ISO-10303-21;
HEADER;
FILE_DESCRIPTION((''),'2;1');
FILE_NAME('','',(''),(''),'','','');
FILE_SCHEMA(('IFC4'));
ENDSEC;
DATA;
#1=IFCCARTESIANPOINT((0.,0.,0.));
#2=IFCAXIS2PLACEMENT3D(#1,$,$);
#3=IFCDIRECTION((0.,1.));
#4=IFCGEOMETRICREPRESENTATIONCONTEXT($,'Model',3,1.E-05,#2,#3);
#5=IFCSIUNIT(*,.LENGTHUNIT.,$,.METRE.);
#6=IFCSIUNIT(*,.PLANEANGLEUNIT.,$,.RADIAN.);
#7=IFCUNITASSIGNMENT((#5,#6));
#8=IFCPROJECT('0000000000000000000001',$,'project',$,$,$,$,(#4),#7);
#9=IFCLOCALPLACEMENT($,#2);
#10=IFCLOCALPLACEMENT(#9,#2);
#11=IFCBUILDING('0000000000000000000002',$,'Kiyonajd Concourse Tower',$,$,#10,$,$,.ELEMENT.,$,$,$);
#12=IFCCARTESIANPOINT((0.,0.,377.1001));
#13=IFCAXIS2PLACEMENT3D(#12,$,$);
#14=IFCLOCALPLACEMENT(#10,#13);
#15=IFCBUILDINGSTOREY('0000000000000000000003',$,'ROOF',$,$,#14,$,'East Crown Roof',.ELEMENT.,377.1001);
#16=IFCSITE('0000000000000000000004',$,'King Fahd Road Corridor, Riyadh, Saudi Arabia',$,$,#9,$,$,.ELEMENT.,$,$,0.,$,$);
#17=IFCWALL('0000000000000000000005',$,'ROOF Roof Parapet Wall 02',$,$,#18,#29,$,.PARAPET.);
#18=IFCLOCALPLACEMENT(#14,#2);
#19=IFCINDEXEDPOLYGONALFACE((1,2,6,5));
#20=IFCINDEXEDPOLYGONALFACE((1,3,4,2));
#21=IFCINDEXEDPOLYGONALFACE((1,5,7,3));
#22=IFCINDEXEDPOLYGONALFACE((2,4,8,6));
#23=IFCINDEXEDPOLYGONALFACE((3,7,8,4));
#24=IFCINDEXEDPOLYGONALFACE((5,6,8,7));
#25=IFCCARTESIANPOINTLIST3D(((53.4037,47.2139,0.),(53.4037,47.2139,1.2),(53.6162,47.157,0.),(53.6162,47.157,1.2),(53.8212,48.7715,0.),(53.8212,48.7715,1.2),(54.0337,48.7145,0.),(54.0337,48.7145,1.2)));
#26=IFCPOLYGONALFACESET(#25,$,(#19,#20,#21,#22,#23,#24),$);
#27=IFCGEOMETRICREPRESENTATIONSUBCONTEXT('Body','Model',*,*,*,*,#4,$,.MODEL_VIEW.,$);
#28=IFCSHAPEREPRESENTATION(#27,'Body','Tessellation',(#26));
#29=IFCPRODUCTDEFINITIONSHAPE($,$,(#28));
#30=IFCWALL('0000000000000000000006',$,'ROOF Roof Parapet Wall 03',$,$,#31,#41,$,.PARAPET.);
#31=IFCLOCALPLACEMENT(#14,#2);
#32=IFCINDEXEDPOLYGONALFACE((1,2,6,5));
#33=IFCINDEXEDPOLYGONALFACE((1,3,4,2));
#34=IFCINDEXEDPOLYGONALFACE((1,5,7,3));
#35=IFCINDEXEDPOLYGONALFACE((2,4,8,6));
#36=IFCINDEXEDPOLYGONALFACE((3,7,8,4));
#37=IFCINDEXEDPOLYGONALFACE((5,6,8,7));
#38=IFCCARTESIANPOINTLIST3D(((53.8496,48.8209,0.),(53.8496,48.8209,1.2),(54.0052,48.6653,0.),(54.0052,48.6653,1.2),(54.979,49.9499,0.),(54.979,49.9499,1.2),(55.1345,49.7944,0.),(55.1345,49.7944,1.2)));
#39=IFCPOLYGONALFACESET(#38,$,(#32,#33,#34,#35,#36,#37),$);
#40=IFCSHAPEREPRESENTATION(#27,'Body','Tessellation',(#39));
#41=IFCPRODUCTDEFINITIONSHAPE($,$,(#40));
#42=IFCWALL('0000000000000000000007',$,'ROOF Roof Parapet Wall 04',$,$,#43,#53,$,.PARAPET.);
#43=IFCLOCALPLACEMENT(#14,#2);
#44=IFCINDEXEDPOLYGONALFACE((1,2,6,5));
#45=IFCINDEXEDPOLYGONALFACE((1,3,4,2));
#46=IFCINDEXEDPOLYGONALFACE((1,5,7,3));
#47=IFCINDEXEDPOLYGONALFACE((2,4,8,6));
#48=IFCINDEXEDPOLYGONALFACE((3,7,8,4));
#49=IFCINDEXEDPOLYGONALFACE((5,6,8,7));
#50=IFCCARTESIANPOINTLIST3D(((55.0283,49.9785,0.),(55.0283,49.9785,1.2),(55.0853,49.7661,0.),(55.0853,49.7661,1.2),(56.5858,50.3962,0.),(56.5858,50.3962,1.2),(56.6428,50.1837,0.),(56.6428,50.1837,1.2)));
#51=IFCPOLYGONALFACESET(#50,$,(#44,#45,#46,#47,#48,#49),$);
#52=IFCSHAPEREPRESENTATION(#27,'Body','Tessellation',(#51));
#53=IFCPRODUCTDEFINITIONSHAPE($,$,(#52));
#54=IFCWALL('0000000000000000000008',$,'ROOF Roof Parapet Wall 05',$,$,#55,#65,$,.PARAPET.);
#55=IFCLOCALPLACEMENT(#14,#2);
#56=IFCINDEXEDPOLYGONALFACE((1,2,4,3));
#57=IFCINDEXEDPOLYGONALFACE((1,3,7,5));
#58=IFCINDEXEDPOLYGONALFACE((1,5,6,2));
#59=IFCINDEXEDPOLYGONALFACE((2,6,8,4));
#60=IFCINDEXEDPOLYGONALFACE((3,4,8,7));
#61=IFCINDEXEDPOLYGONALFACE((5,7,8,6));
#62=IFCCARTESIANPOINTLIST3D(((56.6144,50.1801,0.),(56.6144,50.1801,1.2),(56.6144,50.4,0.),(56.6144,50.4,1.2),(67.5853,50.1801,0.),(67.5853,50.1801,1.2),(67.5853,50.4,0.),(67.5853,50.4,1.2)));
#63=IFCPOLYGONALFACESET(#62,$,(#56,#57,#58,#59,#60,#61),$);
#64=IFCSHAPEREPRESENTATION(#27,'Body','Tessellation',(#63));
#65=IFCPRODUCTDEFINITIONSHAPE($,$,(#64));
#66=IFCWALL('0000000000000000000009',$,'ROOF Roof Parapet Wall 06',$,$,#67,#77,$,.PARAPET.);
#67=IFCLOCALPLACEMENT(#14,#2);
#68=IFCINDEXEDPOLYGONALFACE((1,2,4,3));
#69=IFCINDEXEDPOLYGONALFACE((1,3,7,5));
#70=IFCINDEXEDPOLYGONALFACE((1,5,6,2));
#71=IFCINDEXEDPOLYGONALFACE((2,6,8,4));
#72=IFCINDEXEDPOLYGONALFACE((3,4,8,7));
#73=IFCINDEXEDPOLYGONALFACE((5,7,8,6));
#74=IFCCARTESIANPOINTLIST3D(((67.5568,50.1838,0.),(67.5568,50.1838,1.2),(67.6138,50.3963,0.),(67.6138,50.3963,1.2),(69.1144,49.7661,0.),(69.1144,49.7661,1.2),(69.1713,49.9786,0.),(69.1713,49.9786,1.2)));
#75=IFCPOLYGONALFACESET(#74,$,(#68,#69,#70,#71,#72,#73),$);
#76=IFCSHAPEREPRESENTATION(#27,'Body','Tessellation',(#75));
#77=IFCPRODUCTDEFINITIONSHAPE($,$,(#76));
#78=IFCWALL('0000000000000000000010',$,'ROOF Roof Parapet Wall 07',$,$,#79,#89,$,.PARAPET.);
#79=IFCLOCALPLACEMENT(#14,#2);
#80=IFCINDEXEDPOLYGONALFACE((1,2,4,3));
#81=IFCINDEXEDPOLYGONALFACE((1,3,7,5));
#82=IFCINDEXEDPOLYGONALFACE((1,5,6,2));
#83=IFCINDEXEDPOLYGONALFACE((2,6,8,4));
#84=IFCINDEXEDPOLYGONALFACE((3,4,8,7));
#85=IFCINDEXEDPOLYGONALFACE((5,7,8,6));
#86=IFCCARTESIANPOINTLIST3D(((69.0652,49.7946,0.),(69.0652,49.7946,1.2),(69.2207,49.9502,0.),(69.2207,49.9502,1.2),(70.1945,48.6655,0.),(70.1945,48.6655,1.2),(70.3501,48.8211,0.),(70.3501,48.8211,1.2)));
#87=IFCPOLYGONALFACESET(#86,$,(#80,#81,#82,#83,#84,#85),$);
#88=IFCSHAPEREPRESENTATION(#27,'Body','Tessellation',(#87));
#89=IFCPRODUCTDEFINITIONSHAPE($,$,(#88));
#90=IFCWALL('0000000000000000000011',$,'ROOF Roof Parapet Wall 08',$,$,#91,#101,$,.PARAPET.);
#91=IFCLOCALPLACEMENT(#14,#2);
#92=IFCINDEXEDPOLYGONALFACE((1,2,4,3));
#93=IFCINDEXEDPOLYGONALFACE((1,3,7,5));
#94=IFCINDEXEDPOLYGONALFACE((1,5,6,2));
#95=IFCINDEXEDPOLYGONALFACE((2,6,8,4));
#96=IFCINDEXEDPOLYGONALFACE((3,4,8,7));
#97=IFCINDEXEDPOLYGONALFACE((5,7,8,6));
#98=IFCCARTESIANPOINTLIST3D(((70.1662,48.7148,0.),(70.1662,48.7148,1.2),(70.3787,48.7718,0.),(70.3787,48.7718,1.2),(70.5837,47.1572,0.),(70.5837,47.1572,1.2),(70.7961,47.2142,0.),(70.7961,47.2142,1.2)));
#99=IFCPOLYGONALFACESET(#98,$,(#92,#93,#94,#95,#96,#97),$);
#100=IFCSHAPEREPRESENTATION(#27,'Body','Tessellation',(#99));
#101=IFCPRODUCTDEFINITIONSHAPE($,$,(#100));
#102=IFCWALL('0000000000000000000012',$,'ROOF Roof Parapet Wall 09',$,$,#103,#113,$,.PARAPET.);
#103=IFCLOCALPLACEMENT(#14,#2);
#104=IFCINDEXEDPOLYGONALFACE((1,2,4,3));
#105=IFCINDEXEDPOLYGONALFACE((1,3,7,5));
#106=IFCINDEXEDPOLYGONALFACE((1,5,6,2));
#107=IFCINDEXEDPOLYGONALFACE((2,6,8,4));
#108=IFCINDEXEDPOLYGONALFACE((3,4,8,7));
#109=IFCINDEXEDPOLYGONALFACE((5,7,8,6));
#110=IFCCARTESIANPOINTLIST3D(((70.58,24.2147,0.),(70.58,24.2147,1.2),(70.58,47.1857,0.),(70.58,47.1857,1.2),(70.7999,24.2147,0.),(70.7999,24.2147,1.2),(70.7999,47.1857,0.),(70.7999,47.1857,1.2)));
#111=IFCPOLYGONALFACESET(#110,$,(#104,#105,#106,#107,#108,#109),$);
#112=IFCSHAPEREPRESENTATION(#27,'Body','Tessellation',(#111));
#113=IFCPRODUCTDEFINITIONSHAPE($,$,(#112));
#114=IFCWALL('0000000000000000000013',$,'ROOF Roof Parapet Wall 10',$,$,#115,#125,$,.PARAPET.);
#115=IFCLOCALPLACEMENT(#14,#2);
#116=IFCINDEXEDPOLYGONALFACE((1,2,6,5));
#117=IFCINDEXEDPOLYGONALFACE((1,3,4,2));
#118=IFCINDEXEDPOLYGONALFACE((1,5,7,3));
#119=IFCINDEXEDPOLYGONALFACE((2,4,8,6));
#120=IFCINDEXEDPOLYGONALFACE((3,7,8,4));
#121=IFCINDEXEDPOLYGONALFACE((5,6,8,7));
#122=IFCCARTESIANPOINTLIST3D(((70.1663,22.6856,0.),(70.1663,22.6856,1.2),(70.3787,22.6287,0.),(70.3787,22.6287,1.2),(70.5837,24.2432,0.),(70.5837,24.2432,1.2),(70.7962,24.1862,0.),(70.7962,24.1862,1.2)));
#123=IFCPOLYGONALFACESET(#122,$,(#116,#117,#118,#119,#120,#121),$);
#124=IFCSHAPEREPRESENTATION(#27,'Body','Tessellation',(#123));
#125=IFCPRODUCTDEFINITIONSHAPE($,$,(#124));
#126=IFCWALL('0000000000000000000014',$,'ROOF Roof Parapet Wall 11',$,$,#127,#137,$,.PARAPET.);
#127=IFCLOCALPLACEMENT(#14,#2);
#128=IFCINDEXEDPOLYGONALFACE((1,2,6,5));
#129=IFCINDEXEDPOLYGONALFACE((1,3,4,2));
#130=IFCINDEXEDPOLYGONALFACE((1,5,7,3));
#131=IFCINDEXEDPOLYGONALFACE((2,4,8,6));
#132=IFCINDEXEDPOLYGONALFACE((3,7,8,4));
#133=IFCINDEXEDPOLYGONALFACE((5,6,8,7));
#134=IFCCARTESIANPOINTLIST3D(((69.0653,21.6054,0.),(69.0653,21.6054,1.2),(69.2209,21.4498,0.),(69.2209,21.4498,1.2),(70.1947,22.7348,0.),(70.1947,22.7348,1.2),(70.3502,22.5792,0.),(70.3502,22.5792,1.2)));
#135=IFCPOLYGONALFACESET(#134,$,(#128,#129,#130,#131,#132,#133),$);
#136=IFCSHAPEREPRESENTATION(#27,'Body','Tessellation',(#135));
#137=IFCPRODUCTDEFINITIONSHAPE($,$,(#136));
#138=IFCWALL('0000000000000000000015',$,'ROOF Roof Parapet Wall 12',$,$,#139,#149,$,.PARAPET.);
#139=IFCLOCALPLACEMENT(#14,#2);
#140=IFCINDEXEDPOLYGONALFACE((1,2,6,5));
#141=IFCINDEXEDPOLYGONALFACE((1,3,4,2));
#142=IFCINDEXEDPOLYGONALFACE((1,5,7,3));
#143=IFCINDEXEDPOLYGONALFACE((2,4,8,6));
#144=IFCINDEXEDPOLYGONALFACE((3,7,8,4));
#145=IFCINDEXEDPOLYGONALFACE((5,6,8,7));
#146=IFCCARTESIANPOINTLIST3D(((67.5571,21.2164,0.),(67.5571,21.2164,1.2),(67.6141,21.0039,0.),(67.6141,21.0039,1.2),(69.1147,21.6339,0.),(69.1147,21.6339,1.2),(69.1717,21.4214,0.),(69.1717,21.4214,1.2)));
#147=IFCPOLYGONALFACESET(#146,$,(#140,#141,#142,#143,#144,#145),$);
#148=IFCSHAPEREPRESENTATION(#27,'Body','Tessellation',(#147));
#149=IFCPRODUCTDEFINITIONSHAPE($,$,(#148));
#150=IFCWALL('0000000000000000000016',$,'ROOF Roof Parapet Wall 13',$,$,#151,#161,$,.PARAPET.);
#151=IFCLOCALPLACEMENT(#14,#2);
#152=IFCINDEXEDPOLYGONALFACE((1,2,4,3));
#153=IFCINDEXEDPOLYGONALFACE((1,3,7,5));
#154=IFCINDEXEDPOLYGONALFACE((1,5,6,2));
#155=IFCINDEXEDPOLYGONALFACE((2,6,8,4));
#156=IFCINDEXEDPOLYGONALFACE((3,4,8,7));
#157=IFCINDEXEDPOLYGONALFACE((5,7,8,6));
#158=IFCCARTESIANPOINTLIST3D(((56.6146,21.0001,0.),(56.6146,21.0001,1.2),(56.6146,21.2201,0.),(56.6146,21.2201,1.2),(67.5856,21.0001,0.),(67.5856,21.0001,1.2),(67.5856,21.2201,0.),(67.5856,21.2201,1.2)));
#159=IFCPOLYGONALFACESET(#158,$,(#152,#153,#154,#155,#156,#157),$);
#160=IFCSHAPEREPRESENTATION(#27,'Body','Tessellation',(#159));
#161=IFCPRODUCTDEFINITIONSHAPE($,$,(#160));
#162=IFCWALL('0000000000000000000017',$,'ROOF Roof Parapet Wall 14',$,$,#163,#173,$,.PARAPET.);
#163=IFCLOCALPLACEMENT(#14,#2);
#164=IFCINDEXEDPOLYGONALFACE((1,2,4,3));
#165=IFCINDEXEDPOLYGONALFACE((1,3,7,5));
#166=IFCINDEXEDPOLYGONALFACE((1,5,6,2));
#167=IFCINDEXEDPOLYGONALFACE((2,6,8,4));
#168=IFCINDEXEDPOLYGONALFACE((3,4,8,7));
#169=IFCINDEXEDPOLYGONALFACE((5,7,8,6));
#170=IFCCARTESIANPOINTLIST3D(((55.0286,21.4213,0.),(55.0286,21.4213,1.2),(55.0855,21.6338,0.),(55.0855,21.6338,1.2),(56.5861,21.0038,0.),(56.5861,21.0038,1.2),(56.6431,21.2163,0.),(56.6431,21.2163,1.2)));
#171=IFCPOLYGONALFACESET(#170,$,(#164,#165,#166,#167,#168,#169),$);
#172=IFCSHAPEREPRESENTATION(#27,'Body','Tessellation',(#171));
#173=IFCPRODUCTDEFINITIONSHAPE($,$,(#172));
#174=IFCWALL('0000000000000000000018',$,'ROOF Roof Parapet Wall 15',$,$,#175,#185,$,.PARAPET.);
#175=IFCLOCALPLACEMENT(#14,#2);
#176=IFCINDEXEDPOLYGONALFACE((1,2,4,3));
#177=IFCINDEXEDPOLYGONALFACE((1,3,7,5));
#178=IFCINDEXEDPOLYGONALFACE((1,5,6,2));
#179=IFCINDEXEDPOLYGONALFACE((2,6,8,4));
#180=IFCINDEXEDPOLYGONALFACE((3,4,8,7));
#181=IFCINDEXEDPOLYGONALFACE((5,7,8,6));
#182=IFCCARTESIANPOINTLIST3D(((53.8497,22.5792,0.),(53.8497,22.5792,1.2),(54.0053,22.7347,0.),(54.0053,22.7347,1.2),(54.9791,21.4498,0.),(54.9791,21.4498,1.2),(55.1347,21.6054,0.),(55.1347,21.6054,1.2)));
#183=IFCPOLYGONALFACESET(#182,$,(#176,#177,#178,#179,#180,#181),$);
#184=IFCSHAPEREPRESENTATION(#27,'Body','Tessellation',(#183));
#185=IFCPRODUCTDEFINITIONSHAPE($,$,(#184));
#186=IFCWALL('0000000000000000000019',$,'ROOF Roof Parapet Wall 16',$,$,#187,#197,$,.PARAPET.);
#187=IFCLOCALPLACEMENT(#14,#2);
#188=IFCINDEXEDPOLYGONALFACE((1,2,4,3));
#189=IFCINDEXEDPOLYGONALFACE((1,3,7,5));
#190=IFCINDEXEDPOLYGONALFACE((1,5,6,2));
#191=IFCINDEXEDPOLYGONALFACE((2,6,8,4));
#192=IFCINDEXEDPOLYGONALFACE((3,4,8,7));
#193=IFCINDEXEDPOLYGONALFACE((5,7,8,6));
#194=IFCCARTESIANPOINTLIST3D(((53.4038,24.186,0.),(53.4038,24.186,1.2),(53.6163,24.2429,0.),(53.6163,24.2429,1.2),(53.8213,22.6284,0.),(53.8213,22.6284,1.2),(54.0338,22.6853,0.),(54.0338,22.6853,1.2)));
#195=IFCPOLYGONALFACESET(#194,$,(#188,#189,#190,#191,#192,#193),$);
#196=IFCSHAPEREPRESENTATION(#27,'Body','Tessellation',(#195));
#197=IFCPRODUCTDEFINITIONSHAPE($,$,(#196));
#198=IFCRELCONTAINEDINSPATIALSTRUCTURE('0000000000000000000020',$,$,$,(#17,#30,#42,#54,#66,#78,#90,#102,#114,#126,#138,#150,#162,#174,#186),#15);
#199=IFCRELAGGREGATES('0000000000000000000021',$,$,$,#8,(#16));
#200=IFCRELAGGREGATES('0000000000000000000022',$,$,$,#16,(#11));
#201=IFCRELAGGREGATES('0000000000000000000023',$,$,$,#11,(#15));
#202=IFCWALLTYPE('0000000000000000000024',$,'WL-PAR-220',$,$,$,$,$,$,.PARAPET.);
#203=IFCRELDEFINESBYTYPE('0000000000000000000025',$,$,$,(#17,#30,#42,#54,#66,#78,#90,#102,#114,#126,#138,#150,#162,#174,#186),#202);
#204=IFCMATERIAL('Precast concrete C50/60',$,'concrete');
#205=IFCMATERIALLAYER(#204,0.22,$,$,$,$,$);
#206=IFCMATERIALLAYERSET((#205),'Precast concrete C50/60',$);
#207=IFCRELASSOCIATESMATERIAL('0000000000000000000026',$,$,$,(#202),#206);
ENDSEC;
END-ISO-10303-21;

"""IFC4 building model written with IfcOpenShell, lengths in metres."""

from ifc_helpers import new_model, si_unit, direction, frame, frame_2d, origin, place, context, subcontext, project, spatial, rectangle, extrude, material, layer, layer_set, type_object, element, save


model = new_model("IFC4")

# Units and contexts
model_context = context("Model", 3, precision=1e-05, world=origin(), true_north=direction((0.0, 1.0)))
body_context = subcontext(model_context, "Body", "Model", "MODEL_VIEW")
ifc_project = project(units=[si_unit("LENGTHUNIT", "METRE"), si_unit("PLANEANGLEUNIT", "RADIAN")], contexts=[model_context])

# Site, building, storey
site_placement = place(None, origin())
site = spatial("IfcSite", under=ifc_project, at=site_placement, Name="King Fahd Road Corridor, Riyadh, Saudi Arabia", CompositionType="ELEMENT", RefElevation=0.0)
building_placement = place(site_placement, origin())
building = spatial("IfcBuilding", under=site, at=building_placement, Name="Kiyonajd Concourse Tower", CompositionType="ELEMENT")
storey_placement = place(building_placement, frame((0.0, 0.0, 377.1001)))
storey = spatial("IfcBuildingStorey", under=building, at=storey_placement, Name="ROOF", LongName="East Crown Roof", CompositionType="ELEMENT", Elevation=377.1001)

# Walls
ifc_material_1 = material(Name="Precast concrete C50/60", Category="concrete")
ifc_layer_1 = layer(ifc_material_1, 0.22)
ifc_layer_set_1 = layer_set([ifc_layer_1], Name="Precast concrete C50/60")
wall_type_1 = type_object("IfcWallType", Name="WL-PAR-220", PredefinedType="PARAPET", material=ifc_layer_set_1)
wall_1_placement = place(storey_placement, frame((53.51, 47.1855, 0.0), z_axis=(0.0, 0.0, 1.0), x_axis=(0.258887, 0.965907, 0.0)))
element("IfcWall", 1, at=wall_1_placement, inside=storey, type_object=wall_type_1, Name="ROOF Roof Parapet Wall 02", PredefinedType="PARAPET", context=body_context, shape_type="SweptSolid", body=[
    extrude(rectangle(XDim=1.6125, YDim=0.22, at=frame_2d((0.8062, 0.0))), origin(), (0.0, 0.0, 1.0), 1.2),
])
wall_2_placement = place(storey_placement, frame((53.9275, 48.7432, 0.0), z_axis=(0.0, 0.0, 1.0), x_axis=(0.707183, 0.70703, 0.0)))
element("IfcWall", 2, at=wall_2_placement, inside=storey, type_object=wall_type_1, Name="ROOF Roof Parapet Wall 03", PredefinedType="PARAPET", context=body_context, shape_type="SweptSolid", body=[
    extrude(rectangle(XDim=1.5969, YDim=0.22, at=frame_2d((0.7983, 0.0))), origin(), (0.0, 0.0, 1.0), 1.2),
])
wall_3_placement = place(storey_placement, frame((55.0569, 49.8723, 0.0), z_axis=(0.0, 0.0, 1.0), x_axis=(0.96587, 0.259029, 0.0)))
element("IfcWall", 3, at=wall_3_placement, inside=storey, type_object=wall_type_1, Name="ROOF Roof Parapet Wall 04", PredefinedType="PARAPET", context=body_context, shape_type="SweptSolid", body=[
    extrude(rectangle(XDim=1.6125, YDim=0.22, at=frame_2d((0.8062, 0.0))), origin(), (0.0, 0.0, 1.0), 1.2),
])
wall_4_placement = place(storey_placement, frame((56.6145, 50.29, 0.0), z_axis=(0.0, 0.0, 1.0), x_axis=(1.0, 0.0, 0.0)))
element("IfcWall", 4, at=wall_4_placement, inside=storey, type_object=wall_type_1, Name="ROOF Roof Parapet Wall 05", PredefinedType="PARAPET", context=body_context, shape_type="SweptSolid", body=[
    extrude(rectangle(XDim=10.9709, YDim=0.22, at=frame_2d((5.4854, 0.0))), origin(), (0.0, 0.0, 1.0), 1.2),
])
wall_5_placement = place(storey_placement, frame((67.5854, 50.29, 0.0), z_axis=(0.0, 0.0, 1.0), x_axis=(0.96587, -0.259029, 0.0)))
element("IfcWall", 5, at=wall_5_placement, inside=storey, type_object=wall_type_1, Name="ROOF Roof Parapet Wall 06", PredefinedType="PARAPET", context=body_context, shape_type="SweptSolid", body=[
    extrude(rectangle(XDim=1.6125, YDim=0.22, at=frame_2d((0.8062, 0.0))), origin(), (0.0, 0.0, 1.0), 1.2),
])
wall_6_placement = place(storey_placement, frame((69.1431, 49.8723, 0.0), z_axis=(0.0, 0.0, 1.0), x_axis=(0.707183, -0.70703, 0.0)))
element("IfcWall", 6, at=wall_6_placement, inside=storey, type_object=wall_type_1, Name="ROOF Roof Parapet Wall 07", PredefinedType="PARAPET", context=body_context, shape_type="SweptSolid", body=[
    extrude(rectangle(XDim=1.5969, YDim=0.22, at=frame_2d((0.7983, 0.0))), origin(), (0.0, 0.0, 1.0), 1.2),
])
wall_7_placement = place(storey_placement, frame((70.2725, 48.7432, 0.0), z_axis=(0.0, 0.0, 1.0), x_axis=(0.258887, -0.965907, 0.0)))
element("IfcWall", 7, at=wall_7_placement, inside=storey, type_object=wall_type_1, Name="ROOF Roof Parapet Wall 08", PredefinedType="PARAPET", context=body_context, shape_type="SweptSolid", body=[
    extrude(rectangle(XDim=1.6125, YDim=0.22, at=frame_2d((0.8062, 0.0))), origin(), (0.0, 0.0, 1.0), 1.2),
])
wall_8_placement = place(storey_placement, frame((70.6899, 47.1855, 0.0), z_axis=(0.0, 0.0, 1.0), x_axis=(0.0, -1.0, 0.0)))
element("IfcWall", 8, at=wall_8_placement, inside=storey, type_object=wall_type_1, Name="ROOF Roof Parapet Wall 09", PredefinedType="PARAPET", context=body_context, shape_type="SweptSolid", body=[
    extrude(rectangle(XDim=22.9709, YDim=0.22, at=frame_2d((11.4854, 0.0))), origin(), (0.0, 0.0, 1.0), 1.2),
])
wall_9_placement = place(storey_placement, frame((70.6899, 24.2146, 0.0), z_axis=(0.0, 0.0, 1.0), x_axis=(-0.258887, -0.965907, 0.0)))
element("IfcWall", 9, at=wall_9_placement, inside=storey, type_object=wall_type_1, Name="ROOF Roof Parapet Wall 10", PredefinedType="PARAPET", context=body_context, shape_type="SweptSolid", body=[
    extrude(rectangle(XDim=1.6125, YDim=0.22, at=frame_2d((0.8062, 0.0))), origin(), (0.0, 0.0, 1.0), 1.2),
])
wall_10_placement = place(storey_placement, frame((70.2725, 22.657, 0.0), z_axis=(0.0, 0.0, 1.0), x_axis=(-0.707107, -0.707107, 0.0)))
element("IfcWall", 10, at=wall_10_placement, inside=storey, type_object=wall_type_1, Name="ROOF Roof Parapet Wall 11", PredefinedType="PARAPET", context=body_context, shape_type="SweptSolid", body=[
    extrude(rectangle(XDim=1.5972, YDim=0.22, at=frame_2d((0.7986, 0.0))), origin(), (0.0, 0.0, 1.0), 1.2),
])
wall_11_placement = place(storey_placement, frame((69.1431, 21.5276, 0.0), z_axis=(0.0, 0.0, 1.0), x_axis=(-0.965907, -0.258887, 0.0)))
element("IfcWall", 11, at=wall_11_placement, inside=storey, type_object=wall_type_1, Name="ROOF Roof Parapet Wall 12", PredefinedType="PARAPET", context=body_context, shape_type="SweptSolid", body=[
    extrude(rectangle(XDim=1.6125, YDim=0.22, at=frame_2d((0.8062, 0.0))), origin(), (0.0, 0.0, 1.0), 1.2),
])
wall_12_placement = place(storey_placement, frame((67.5854, 21.1101, 0.0), z_axis=(0.0, 0.0, 1.0), x_axis=(-1.0, 0.0, 0.0)))
element("IfcWall", 12, at=wall_12_placement, inside=storey, type_object=wall_type_1, Name="ROOF Roof Parapet Wall 13", PredefinedType="PARAPET", context=body_context, shape_type="SweptSolid", body=[
    extrude(rectangle(XDim=10.9709, YDim=0.22, at=frame_2d((5.4854, 0.0))), origin(), (0.0, 0.0, 1.0), 1.2),
])
wall_13_placement = place(storey_placement, frame((56.6145, 21.1101, 0.0), z_axis=(0.0, 0.0, 1.0), x_axis=(-0.965907, 0.258887, 0.0)))
element("IfcWall", 13, at=wall_13_placement, inside=storey, type_object=wall_type_1, Name="ROOF Roof Parapet Wall 14", PredefinedType="PARAPET", context=body_context, shape_type="SweptSolid", body=[
    extrude(rectangle(XDim=1.6125, YDim=0.22, at=frame_2d((0.8062, 0.0))), origin(), (0.0, 0.0, 1.0), 1.2),
])
wall_14_placement = place(storey_placement, frame((55.0569, 21.5276, 0.0), z_axis=(0.0, 0.0, 1.0), x_axis=(-0.707107, 0.707107, 0.0)))
element("IfcWall", 14, at=wall_14_placement, inside=storey, type_object=wall_type_1, Name="ROOF Roof Parapet Wall 15", PredefinedType="PARAPET", context=body_context, shape_type="SweptSolid", body=[
    extrude(rectangle(XDim=1.5972, YDim=0.22, at=frame_2d((0.7986, 0.0))), origin(), (0.0, 0.0, 1.0), 1.2),
])
wall_15_placement = place(storey_placement, frame((53.9275, 22.657, 0.0), z_axis=(0.0, 0.0, 1.0), x_axis=(-0.258887, 0.965907, 0.0)))
element("IfcWall", 15, at=wall_15_placement, inside=storey, type_object=wall_type_1, Name="ROOF Roof Parapet Wall 16", PredefinedType="PARAPET", context=body_context, shape_type="SweptSolid", body=[
    extrude(rectangle(XDim=1.6125, YDim=0.22, at=frame_2d((0.8062, 0.0))), origin(), (0.0, 0.0, 1.0), 1.2),
])

save(model, "model.ifc")
